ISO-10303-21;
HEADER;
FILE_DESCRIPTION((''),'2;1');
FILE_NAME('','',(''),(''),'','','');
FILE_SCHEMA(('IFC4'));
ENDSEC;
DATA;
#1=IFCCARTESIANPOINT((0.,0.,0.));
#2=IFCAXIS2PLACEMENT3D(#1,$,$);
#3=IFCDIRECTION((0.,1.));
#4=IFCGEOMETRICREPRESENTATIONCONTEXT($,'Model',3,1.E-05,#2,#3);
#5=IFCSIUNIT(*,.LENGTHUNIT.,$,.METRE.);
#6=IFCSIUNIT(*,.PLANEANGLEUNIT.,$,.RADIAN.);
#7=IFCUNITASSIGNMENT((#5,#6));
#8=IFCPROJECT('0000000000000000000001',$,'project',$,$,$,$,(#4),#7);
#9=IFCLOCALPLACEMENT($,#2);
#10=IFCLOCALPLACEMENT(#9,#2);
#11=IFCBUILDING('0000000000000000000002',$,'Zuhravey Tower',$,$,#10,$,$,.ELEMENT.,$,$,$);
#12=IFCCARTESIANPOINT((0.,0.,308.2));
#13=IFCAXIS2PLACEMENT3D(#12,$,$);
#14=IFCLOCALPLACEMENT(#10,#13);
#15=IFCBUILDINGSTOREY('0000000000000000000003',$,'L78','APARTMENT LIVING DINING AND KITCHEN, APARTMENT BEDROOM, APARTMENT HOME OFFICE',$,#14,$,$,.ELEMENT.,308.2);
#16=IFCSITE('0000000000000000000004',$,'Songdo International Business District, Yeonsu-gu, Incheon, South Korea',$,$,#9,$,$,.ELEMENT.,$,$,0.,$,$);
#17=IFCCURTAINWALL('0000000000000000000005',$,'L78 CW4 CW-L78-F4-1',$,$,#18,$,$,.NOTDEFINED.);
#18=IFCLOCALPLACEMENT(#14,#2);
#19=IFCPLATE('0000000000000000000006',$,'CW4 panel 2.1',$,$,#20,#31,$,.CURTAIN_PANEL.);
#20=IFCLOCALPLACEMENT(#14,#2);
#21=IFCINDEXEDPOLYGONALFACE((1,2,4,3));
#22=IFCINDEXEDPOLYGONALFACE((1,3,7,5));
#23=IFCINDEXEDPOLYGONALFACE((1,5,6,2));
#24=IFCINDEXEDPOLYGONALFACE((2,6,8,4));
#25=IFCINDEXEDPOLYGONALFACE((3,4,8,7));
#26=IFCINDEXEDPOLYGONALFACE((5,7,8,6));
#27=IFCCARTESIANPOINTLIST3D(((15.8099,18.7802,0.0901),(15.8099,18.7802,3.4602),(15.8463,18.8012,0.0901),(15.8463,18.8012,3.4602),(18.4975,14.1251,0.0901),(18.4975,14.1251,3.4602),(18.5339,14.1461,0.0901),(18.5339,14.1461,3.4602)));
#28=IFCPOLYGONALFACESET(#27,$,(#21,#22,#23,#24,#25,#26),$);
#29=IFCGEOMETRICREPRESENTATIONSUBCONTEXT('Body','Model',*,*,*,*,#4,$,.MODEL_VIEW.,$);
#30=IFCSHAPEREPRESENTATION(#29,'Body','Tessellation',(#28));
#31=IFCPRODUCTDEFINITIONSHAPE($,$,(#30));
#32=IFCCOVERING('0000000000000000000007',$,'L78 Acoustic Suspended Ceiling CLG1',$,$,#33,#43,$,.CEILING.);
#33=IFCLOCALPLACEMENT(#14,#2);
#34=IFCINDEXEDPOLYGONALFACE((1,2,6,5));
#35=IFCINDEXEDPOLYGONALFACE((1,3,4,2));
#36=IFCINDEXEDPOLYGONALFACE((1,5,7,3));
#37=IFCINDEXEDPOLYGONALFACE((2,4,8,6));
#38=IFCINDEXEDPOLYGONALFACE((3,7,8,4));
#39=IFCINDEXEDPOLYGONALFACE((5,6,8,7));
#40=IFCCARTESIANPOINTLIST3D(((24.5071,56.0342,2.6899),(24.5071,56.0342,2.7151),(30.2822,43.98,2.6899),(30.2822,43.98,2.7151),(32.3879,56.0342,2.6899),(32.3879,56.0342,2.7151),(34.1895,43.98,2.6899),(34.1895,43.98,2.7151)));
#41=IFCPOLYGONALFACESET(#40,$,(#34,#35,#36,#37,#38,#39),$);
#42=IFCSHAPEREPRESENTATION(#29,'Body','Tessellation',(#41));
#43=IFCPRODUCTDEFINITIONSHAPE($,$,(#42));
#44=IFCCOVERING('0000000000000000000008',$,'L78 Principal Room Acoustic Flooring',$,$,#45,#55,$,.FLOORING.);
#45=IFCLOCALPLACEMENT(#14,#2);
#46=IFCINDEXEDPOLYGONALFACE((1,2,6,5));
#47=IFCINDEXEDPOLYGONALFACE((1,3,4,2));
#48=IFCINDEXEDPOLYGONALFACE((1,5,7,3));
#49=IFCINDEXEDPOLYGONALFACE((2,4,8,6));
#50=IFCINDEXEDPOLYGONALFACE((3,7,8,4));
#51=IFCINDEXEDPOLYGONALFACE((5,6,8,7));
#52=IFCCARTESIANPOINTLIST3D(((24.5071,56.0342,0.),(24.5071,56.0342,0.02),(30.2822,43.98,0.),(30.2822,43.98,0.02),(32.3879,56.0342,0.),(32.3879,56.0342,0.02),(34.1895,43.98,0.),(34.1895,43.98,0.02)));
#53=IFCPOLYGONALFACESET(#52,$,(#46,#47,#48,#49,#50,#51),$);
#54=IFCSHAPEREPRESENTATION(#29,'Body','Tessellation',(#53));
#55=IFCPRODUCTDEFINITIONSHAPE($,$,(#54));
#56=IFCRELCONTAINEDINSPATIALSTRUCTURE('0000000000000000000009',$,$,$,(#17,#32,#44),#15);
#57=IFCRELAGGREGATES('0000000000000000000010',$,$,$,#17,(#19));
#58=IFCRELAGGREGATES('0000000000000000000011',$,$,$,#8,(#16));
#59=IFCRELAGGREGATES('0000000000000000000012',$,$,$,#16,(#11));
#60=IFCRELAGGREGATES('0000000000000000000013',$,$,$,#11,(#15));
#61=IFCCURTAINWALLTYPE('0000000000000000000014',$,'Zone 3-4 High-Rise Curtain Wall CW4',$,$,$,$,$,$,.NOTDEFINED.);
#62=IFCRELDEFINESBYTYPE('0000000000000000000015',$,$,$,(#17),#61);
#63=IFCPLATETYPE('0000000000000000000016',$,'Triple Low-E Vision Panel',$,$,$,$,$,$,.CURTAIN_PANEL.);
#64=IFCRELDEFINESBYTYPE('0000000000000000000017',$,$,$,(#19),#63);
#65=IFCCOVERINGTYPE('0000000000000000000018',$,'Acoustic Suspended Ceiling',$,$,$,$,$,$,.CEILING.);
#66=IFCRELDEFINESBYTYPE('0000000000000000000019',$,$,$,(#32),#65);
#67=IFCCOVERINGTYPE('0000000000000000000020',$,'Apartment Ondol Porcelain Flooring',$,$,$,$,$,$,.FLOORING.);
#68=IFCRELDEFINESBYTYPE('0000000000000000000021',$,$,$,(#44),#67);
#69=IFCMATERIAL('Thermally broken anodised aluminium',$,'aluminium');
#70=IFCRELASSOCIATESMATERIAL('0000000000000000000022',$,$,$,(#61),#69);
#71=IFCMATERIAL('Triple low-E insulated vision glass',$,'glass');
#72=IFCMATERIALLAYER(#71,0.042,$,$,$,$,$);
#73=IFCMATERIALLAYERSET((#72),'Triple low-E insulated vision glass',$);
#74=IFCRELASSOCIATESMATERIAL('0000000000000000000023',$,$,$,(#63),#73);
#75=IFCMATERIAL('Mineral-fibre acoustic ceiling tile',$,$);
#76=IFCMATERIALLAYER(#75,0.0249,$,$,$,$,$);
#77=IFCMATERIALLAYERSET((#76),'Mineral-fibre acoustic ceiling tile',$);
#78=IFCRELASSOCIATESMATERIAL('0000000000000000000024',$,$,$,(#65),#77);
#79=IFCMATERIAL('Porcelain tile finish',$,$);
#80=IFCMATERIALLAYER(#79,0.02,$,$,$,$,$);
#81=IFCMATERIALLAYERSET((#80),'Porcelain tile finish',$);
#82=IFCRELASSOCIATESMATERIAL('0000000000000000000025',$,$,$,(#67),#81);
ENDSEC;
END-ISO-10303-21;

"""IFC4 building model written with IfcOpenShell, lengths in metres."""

from ifc_helpers import new_model, si_unit, direction, frame, origin, origin_2d, place, context, subcontext, project, spatial, polyline, rectangle, outline, extrude, material, layer, layer_set, type_object, element, aggregate, save


model = new_model("IFC4")

# Units and contexts
model_context = context("Model", 3, precision=1e-05, world=origin(), true_north=direction((0.0, 1.0)))
body_context = subcontext(model_context, "Body", "Model", "MODEL_VIEW")
ifc_project = project(units=[si_unit("LENGTHUNIT", "METRE"), si_unit("PLANEANGLEUNIT", "RADIAN")], contexts=[model_context])

# Site, building, storey
site_placement = place(None, origin())
site = spatial("IfcSite", under=ifc_project, at=site_placement, Name="Songdo International Business District, Yeonsu-gu, Incheon, South Korea", CompositionType="ELEMENT", RefElevation=0.0)
building_placement = place(site_placement, origin())
building = spatial("IfcBuilding", under=site, at=building_placement, Name="Zuhravey Tower", CompositionType="ELEMENT")
storey_placement = place(building_placement, frame((0.0, 0.0, 308.2)))
storey = spatial("IfcBuildingStorey", under=building, at=storey_placement, Name="L78", Description="APARTMENT LIVING DINING AND KITCHEN, APARTMENT BEDROOM, APARTMENT HOME OFFICE", CompositionType="ELEMENT", Elevation=308.2)

# Curtain wall
ifc_material_1 = material(Name="Thermally broken anodised aluminium", Category="aluminium")
curtain_wall_type = type_object("IfcCurtainWallType", Name="Zone 3-4 High-Rise Curtain Wall CW4", PredefinedType="NOTDEFINED", material=ifc_material_1)
curtain_wall_placement = place(storey_placement, origin())
curtain_wall = element("IfcCurtainWall", 1, at=curtain_wall_placement, inside=storey, type_object=curtain_wall_type, Name="L78 CW4 CW-L78-F4-1", PredefinedType="NOTDEFINED")

# Plate
ifc_material_2 = material(Name="Triple low-E insulated vision glass", Category="glass")
ifc_layer_1 = layer(ifc_material_2, 0.042)
ifc_layer_set_1 = layer_set([ifc_layer_1], Name="Triple low-E insulated vision glass")
plate_type_1 = type_object("IfcPlateType", Name="Triple Low-E Vision Panel", PredefinedType="CURTAIN_PANEL", material=ifc_layer_set_1)
plate_1_placement = place(storey_placement, frame((17.1719, 16.4631, 0.0901), z_axis=(0.0, 0.0, 1.0), x_axis=(-0.499999, 0.866026, 0.0)))
plate_1 = element("IfcPlate", 2, at=plate_1_placement, type_object=plate_type_1, Name="CW4 panel 2.1", PredefinedType="CURTAIN_PANEL", context=body_context, shape_type="SweptSolid", body=[
    extrude(rectangle(XDim=5.3752, YDim=0.042, at=origin_2d()), origin(), (0.0, 0.0, 1.0), 3.3701),
])
aggregate(curtain_wall, [plate_1])

# Coverings
ifc_material_3 = material(Name="Mineral-fibre acoustic ceiling tile")
ifc_layer_2 = layer(ifc_material_3, 0.0249)
ifc_layer_set_2 = layer_set([ifc_layer_2], Name="Mineral-fibre acoustic ceiling tile")
covering_type_1 = type_object("IfcCoveringType", Name="Acoustic Suspended Ceiling", PredefinedType="CEILING", material=ifc_layer_set_2)
covering_1_placement = place(storey_placement, frame((0.0, 0.0, 2.6899)))
element("IfcCovering", 3, at=covering_1_placement, inside=storey, type_object=covering_type_1, Name="L78 Acoustic Suspended Ceiling CLG1", PredefinedType="CEILING", context=body_context, shape_type="SweptSolid", body=[
    extrude(outline(polyline([(34.1895, 43.98), (30.2822, 43.98), (24.5071, 56.0342), (32.3879, 56.0342), (34.1895, 43.98)])), origin(), (0.0, 0.0, 1.0), 0.0251),
])
ifc_material_4 = material(Name="Porcelain tile finish")
ifc_layer_3 = layer(ifc_material_4, 0.02)
ifc_layer_set_3 = layer_set([ifc_layer_3], Name="Porcelain tile finish")
covering_type_2 = type_object("IfcCoveringType", Name="Apartment Ondol Porcelain Flooring", PredefinedType="FLOORING", material=ifc_layer_set_3)
covering_2_placement = place(storey_placement, origin())
element("IfcCovering", 4, at=covering_2_placement, inside=storey, type_object=covering_type_2, Name="L78 Principal Room Acoustic Flooring", PredefinedType="FLOORING", context=body_context, shape_type="SweptSolid", body=[
    extrude(outline(polyline([(34.1895, 43.98), (30.2822, 43.98), (24.5071, 56.0342), (32.3879, 56.0342), (34.1895, 43.98)])), origin(), (0.0, 0.0, 1.0), 0.02),
])

save(model, "model.ifc")
